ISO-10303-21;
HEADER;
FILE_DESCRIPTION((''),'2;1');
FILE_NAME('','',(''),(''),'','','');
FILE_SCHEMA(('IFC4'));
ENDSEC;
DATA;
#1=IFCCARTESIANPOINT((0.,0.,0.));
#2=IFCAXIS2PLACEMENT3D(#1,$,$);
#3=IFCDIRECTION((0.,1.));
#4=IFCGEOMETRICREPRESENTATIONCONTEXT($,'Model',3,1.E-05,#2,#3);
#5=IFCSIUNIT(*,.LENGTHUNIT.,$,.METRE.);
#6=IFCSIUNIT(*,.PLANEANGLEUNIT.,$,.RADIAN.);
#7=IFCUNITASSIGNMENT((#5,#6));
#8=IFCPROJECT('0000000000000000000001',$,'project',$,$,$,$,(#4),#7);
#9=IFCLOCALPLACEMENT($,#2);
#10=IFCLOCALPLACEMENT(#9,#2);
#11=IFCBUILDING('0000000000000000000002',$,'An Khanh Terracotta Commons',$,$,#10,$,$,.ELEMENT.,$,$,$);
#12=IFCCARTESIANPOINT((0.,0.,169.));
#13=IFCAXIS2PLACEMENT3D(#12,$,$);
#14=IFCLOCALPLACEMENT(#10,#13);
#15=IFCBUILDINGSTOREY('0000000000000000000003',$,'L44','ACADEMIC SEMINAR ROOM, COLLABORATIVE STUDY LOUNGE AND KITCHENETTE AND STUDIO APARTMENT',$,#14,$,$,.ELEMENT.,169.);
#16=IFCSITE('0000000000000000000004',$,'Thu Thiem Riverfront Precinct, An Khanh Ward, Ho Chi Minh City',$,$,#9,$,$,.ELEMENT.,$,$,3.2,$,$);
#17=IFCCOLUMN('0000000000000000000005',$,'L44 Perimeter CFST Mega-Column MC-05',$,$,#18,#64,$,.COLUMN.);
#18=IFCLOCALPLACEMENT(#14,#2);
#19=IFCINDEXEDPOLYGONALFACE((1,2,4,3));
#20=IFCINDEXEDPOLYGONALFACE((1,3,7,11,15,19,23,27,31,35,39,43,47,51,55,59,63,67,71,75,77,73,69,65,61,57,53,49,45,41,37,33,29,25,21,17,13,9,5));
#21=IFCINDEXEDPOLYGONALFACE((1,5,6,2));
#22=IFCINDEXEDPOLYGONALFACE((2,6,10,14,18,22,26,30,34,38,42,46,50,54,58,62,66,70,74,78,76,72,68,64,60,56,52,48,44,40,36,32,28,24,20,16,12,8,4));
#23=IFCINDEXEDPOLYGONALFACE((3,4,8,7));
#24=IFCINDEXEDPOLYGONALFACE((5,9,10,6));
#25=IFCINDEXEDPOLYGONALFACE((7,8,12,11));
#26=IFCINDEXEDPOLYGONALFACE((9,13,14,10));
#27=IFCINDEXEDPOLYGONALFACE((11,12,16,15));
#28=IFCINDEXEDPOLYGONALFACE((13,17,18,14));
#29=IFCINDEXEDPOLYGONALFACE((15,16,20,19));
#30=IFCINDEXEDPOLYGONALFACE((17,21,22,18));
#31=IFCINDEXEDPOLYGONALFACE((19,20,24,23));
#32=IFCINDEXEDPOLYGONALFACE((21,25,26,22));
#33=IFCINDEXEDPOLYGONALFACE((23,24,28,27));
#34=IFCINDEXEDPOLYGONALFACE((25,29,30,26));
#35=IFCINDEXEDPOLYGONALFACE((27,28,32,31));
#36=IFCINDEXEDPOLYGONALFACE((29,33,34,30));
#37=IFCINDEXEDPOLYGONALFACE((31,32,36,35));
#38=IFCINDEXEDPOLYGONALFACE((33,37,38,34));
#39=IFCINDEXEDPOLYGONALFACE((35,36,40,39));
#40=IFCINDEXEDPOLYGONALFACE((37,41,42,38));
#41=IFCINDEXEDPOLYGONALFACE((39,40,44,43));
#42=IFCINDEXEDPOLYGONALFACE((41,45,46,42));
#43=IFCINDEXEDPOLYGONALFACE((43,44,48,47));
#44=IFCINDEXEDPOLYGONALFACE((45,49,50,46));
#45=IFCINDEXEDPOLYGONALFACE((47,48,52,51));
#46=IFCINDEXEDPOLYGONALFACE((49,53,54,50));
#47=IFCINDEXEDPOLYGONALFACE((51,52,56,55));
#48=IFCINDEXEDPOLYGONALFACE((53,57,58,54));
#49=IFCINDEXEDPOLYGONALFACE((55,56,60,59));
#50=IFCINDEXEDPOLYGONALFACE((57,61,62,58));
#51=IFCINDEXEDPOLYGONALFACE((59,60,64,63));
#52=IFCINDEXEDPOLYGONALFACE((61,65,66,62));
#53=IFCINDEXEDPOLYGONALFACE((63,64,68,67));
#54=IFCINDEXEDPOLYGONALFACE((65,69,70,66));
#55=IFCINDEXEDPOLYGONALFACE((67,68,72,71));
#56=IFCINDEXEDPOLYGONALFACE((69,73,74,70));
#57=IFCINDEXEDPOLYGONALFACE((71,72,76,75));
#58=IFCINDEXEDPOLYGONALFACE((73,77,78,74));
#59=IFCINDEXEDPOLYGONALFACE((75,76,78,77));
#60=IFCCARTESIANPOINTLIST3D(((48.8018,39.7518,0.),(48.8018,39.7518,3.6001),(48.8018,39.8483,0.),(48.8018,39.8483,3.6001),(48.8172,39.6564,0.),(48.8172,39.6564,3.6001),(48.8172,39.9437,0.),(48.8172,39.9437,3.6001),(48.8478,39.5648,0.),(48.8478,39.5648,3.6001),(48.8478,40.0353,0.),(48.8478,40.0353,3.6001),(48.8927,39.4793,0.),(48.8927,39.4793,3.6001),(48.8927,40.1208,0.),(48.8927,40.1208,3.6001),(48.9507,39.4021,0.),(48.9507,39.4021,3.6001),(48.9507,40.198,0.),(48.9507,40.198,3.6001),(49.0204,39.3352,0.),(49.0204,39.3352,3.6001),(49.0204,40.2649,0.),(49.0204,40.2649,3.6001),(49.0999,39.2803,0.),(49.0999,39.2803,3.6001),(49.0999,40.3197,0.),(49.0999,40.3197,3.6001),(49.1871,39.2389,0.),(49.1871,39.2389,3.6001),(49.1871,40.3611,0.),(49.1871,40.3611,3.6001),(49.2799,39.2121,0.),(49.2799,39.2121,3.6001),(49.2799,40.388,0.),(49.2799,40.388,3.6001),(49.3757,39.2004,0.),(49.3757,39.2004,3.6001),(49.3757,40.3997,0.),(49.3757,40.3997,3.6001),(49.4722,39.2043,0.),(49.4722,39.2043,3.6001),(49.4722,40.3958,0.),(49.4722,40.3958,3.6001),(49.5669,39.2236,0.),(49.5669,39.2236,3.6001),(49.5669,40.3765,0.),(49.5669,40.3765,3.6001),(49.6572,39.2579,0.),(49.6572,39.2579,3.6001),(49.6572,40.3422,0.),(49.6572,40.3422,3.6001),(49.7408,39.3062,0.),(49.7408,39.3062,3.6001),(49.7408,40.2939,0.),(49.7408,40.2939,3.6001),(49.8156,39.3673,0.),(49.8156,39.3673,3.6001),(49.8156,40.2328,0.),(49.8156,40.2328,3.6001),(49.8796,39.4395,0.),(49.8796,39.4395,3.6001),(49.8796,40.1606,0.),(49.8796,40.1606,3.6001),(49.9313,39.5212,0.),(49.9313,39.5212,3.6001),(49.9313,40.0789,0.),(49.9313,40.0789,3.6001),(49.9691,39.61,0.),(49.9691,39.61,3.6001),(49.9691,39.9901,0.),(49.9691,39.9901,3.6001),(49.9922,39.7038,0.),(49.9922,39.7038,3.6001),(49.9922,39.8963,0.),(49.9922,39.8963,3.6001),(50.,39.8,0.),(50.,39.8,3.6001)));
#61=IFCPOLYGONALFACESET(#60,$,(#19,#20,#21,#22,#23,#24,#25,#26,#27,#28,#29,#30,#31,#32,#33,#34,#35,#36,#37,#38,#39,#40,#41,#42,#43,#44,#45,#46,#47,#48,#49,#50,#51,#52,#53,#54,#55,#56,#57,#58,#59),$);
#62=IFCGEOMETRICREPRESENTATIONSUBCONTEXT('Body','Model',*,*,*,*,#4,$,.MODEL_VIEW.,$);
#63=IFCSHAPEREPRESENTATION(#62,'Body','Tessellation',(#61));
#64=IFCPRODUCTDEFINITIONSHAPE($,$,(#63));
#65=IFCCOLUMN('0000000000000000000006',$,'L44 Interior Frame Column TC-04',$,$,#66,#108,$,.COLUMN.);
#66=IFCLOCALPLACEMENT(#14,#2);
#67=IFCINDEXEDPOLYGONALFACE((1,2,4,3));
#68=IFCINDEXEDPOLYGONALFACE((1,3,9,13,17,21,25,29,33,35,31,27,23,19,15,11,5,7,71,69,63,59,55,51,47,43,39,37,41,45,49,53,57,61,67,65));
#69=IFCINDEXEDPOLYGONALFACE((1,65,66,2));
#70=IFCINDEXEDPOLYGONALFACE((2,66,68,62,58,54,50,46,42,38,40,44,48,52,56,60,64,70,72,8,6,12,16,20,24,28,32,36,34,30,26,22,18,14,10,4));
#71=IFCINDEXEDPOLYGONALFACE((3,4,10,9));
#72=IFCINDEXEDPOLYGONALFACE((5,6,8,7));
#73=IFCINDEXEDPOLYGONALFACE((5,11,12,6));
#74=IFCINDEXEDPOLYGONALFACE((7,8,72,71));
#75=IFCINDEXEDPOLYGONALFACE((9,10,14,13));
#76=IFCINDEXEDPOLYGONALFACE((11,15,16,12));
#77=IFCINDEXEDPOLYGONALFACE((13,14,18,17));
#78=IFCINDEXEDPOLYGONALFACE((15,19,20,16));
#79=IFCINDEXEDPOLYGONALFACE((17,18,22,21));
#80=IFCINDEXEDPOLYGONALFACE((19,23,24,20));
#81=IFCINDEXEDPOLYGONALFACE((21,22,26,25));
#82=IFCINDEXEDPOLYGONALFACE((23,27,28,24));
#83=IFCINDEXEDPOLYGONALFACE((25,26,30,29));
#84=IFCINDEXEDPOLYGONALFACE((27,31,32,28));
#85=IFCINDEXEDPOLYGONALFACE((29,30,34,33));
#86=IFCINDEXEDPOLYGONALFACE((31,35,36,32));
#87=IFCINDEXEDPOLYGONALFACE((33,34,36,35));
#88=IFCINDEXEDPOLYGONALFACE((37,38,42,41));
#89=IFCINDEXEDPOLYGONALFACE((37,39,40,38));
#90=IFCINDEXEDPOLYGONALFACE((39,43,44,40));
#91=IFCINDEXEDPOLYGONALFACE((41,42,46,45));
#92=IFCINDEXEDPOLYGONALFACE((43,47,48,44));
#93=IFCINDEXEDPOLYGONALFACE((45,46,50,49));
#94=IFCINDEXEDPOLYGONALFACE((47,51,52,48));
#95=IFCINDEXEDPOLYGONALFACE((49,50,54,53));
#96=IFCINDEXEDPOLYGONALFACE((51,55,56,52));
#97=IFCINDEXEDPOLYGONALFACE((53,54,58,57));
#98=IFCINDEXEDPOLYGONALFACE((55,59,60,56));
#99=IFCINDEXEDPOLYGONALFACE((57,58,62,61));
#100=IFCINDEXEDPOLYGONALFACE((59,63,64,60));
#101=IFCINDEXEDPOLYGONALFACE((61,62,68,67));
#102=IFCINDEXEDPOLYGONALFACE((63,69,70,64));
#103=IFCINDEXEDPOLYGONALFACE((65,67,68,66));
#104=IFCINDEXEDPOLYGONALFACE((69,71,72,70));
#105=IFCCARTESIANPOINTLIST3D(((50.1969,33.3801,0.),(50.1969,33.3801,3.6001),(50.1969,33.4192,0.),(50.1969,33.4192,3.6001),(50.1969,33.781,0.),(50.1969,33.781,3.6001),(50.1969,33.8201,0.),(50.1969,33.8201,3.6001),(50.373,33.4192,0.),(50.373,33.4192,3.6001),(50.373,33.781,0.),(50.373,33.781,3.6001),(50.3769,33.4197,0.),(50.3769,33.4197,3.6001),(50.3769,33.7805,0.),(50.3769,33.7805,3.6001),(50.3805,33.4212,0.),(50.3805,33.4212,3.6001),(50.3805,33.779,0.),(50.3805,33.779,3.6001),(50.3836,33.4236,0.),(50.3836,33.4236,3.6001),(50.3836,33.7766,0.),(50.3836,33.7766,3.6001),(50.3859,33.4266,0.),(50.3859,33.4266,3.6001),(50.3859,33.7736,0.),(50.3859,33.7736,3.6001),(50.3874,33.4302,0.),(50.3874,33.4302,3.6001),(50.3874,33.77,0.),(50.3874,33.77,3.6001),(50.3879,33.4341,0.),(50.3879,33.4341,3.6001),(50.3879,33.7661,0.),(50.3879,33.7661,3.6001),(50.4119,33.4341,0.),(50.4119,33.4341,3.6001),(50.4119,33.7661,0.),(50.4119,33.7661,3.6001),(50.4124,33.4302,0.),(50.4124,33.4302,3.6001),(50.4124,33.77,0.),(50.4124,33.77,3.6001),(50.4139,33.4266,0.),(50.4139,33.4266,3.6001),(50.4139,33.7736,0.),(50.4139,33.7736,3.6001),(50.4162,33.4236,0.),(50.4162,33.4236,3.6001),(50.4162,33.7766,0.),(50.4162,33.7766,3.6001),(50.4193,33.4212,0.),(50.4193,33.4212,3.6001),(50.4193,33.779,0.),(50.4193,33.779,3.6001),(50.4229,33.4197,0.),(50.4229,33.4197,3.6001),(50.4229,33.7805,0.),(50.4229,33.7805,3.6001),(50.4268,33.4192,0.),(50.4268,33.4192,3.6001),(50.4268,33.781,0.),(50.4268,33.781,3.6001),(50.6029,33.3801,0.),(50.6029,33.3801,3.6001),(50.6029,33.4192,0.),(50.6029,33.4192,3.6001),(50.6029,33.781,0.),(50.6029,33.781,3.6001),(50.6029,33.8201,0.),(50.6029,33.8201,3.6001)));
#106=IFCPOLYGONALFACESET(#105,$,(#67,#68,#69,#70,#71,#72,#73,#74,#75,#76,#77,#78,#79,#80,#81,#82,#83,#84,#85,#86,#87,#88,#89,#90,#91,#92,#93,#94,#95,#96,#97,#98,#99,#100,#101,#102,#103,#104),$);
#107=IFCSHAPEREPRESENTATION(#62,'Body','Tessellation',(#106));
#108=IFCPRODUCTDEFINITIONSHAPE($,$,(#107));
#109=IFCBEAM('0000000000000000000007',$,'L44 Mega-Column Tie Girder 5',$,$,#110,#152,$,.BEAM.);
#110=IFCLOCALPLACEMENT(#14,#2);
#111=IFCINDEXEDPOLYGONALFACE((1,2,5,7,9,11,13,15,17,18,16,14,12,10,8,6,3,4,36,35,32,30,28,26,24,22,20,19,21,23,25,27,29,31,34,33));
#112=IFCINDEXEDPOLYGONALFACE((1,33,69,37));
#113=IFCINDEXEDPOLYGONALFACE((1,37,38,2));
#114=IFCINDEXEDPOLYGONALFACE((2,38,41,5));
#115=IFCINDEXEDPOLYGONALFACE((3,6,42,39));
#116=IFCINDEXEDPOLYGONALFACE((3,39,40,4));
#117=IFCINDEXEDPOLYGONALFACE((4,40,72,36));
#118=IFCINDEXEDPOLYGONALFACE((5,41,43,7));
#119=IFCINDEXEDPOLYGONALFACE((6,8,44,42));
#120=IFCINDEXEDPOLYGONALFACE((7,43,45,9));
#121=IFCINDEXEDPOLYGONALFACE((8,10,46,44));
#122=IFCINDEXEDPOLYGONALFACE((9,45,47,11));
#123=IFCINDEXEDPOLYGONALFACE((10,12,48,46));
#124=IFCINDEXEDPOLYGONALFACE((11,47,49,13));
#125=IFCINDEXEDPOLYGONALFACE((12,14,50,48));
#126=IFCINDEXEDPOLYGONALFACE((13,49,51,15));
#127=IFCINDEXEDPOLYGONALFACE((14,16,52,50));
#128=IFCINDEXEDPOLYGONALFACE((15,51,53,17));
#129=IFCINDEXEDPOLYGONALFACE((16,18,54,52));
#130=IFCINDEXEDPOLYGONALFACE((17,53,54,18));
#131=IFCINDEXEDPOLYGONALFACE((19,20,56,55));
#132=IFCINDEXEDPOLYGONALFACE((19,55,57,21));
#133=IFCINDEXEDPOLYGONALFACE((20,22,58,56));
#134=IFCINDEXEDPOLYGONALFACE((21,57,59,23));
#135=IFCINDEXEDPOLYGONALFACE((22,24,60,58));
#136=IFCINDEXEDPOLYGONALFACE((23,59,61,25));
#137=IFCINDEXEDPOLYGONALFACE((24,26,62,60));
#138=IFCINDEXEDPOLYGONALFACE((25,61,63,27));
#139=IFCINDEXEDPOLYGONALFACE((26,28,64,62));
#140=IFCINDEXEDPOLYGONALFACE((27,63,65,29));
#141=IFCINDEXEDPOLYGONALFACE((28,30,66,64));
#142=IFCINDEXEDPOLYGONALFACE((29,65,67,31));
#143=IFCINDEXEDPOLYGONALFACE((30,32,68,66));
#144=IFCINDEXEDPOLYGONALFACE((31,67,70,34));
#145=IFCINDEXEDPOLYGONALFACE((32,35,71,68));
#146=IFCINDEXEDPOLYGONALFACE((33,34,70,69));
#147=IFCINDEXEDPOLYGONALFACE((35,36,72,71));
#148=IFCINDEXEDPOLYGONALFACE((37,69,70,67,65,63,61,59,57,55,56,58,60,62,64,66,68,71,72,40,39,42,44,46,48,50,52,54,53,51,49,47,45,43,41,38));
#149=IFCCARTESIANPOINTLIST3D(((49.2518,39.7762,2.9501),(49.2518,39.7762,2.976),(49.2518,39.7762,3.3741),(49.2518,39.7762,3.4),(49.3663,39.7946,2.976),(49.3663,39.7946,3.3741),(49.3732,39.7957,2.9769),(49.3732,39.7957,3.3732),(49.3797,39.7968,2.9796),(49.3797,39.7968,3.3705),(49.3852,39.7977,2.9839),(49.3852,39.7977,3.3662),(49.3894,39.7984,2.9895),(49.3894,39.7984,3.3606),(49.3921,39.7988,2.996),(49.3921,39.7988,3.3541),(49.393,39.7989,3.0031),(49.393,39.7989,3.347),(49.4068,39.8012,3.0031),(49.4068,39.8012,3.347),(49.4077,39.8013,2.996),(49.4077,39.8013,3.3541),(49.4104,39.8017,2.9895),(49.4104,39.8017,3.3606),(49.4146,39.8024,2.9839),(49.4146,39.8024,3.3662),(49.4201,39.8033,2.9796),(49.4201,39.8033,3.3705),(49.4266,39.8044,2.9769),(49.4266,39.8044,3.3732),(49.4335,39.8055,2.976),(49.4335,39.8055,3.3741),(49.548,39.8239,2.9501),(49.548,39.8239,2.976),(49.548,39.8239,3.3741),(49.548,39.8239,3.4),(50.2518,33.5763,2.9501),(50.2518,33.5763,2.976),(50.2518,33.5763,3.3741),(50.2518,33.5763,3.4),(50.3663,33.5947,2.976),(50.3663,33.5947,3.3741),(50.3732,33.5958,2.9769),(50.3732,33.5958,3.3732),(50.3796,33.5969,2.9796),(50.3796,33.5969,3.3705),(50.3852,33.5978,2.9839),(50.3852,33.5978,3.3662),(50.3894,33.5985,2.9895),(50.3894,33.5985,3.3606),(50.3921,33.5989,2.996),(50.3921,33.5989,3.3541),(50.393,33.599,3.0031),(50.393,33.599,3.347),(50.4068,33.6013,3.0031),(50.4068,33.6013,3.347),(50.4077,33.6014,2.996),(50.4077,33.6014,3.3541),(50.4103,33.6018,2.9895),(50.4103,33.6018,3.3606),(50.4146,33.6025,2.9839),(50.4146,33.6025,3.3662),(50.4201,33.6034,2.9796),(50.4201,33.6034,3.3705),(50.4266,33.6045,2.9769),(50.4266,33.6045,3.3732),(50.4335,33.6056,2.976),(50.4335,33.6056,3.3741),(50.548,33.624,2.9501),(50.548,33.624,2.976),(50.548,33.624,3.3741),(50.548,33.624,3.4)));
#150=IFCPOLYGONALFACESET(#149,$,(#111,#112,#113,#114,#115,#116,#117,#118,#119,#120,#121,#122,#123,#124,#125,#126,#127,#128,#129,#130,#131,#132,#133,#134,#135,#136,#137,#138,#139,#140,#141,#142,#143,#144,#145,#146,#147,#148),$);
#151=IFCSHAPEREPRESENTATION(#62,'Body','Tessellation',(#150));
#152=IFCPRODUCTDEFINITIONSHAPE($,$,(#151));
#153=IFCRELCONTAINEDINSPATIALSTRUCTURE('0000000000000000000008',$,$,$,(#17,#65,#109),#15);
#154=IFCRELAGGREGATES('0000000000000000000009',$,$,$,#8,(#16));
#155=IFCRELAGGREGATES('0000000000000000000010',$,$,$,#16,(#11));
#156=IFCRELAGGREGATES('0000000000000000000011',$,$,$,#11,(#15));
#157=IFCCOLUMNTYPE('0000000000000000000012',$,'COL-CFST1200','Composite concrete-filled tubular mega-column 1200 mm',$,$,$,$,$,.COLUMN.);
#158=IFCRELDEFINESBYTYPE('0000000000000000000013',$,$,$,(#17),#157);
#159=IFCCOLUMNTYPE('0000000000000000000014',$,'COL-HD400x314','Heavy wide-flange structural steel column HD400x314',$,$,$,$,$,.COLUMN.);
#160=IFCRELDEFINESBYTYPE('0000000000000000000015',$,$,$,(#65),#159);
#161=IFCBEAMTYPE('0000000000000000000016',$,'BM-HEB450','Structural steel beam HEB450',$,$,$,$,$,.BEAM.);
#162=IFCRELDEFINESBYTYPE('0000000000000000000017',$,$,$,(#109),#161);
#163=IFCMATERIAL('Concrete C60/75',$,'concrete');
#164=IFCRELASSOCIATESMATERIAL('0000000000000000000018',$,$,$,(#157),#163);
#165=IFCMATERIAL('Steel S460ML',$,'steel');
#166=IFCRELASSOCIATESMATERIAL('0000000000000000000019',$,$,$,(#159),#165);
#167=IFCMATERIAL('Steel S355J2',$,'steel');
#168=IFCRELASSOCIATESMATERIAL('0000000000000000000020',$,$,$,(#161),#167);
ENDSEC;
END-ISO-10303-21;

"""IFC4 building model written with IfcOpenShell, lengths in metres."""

from ifc_helpers import new_model, si_unit, direction, frame, origin, origin_2d, place, context, subcontext, project, spatial, circle, i_section, extrude, material, material_profile, profile_set, type_object, element, save


model = new_model("IFC4")

# Units and contexts
model_context = context("Model", 3, precision=1e-05, world=origin(), true_north=direction((0.0, 1.0)))
body_context = subcontext(model_context, "Body", "Model", "MODEL_VIEW")
ifc_project = project(units=[si_unit("LENGTHUNIT", "METRE"), si_unit("PLANEANGLEUNIT", "RADIAN")], contexts=[model_context])

# Site, building, storey
site_placement = place(None, origin())
site = spatial("IfcSite", under=ifc_project, at=site_placement, Name="Thu Thiem Riverfront Precinct, An Khanh Ward, Ho Chi Minh City", CompositionType="ELEMENT", RefElevation=3.2)
building_placement = place(site_placement, origin())
building = spatial("IfcBuilding", under=site, at=building_placement, Name="An Khanh Terracotta Commons", CompositionType="ELEMENT")
storey_placement = place(building_placement, frame((0.0, 0.0, 169.0)))
storey = spatial("IfcBuildingStorey", under=building, at=storey_placement, Name="L44", Description="ACADEMIC SEMINAR ROOM, COLLABORATIVE STUDY LOUNGE AND KITCHENETTE AND STUDIO APARTMENT", CompositionType="ELEMENT", Elevation=169.0)

# Columns
ifc_material_1 = material(Name="Concrete C60/75", Category="concrete")
ifc_material_profile_1 = material_profile(ifc_material_1, circle(Radius=0.6001, at=origin_2d()), Name="CFST1200")
ifc_profile_set_1 = profile_set([ifc_material_profile_1], Name="Concrete C60/75")
column_type_1 = type_object("IfcColumnType", Name="COL-CFST1200", Description="Composite concrete-filled tubular mega-column 1200 mm", PredefinedType="COLUMN", material=ifc_profile_set_1)
column_1_placement = place(storey_placement, frame((49.3999, 39.8, 0.0), z_axis=(0.0, 0.0, 1.0), x_axis=(1.0, 0.0, 0.0)))
element("IfcColumn", 1, at=column_1_placement, inside=storey, type_object=column_type_1, Name="L44 Perimeter CFST Mega-Column MC-05", PredefinedType="COLUMN", context=body_context, shape_type="SweptSolid", body=[
    extrude(circle(Radius=0.6001, at=origin_2d()), origin(), (0.0, 0.0, 1.0), 3.6001),
])
ifc_material_2 = material(Name="Steel S460ML", Category="steel")
ifc_material_profile_2 = material_profile(ifc_material_2, i_section(OverallWidth=0.406, OverallDepth=0.4399, WebThickness=0.0239, FlangeThickness=0.0391, FilletRadius=0.0149, at=origin_2d()), Name="HD400x314")
ifc_profile_set_2 = profile_set([ifc_material_profile_2], Name="Steel S460ML")
column_type_2 = type_object("IfcColumnType", Name="COL-HD400x314", Description="Heavy wide-flange structural steel column HD400x314", PredefinedType="COLUMN", material=ifc_profile_set_2)
column_2_placement = place(storey_placement, frame((50.3999, 33.6001, 0.0), z_axis=(0.0, 0.0, 1.0), x_axis=(1.0, 0.0, 0.0)))
element("IfcColumn", 2, at=column_2_placement, inside=storey, type_object=column_type_2, Name="L44 Interior Frame Column TC-04", PredefinedType="COLUMN", context=body_context, shape_type="SweptSolid", body=[
    extrude(i_section(OverallWidth=0.406, OverallDepth=0.4399, WebThickness=0.0239, FlangeThickness=0.0391, FilletRadius=0.0149, at=origin_2d()), origin(), (0.0, 0.0, 1.0), 3.6001),
])

# Beam
ifc_material_3 = material(Name="Steel S355J2", Category="steel")
ifc_material_profile_3 = material_profile(ifc_material_3, i_section(OverallWidth=0.3, OverallDepth=0.45, WebThickness=0.0139, FlangeThickness=0.0259, FilletRadius=0.0271, at=origin_2d()), Name="HEB450")
ifc_profile_set_3 = profile_set([ifc_material_profile_3], Name="Steel S355J2")
beam_type_1 = type_object("IfcBeamType", Name="BM-HEB450", Description="Structural steel beam HEB450", PredefinedType="BEAM", material=ifc_profile_set_3)
beam_1_placement = place(storey_placement, frame((49.3999, 39.8, 3.175), z_axis=(0.159234, -0.987241, 0.0), x_axis=(0.987241, 0.159234, 0.0)))
element("IfcBeam", 3, at=beam_1_placement, inside=storey, type_object=beam_type_1, Name="L44 Mega-Column Tie Girder 5", PredefinedType="BEAM", context=body_context, shape_type="SweptSolid", body=[
    extrude(i_section(OverallWidth=0.3, OverallDepth=0.45, WebThickness=0.0139, FlangeThickness=0.0259, FilletRadius=0.0271, at=origin_2d()), origin(), (0.0, 0.0, 1.0), 6.28),
])

save(model, "model.ifc")
